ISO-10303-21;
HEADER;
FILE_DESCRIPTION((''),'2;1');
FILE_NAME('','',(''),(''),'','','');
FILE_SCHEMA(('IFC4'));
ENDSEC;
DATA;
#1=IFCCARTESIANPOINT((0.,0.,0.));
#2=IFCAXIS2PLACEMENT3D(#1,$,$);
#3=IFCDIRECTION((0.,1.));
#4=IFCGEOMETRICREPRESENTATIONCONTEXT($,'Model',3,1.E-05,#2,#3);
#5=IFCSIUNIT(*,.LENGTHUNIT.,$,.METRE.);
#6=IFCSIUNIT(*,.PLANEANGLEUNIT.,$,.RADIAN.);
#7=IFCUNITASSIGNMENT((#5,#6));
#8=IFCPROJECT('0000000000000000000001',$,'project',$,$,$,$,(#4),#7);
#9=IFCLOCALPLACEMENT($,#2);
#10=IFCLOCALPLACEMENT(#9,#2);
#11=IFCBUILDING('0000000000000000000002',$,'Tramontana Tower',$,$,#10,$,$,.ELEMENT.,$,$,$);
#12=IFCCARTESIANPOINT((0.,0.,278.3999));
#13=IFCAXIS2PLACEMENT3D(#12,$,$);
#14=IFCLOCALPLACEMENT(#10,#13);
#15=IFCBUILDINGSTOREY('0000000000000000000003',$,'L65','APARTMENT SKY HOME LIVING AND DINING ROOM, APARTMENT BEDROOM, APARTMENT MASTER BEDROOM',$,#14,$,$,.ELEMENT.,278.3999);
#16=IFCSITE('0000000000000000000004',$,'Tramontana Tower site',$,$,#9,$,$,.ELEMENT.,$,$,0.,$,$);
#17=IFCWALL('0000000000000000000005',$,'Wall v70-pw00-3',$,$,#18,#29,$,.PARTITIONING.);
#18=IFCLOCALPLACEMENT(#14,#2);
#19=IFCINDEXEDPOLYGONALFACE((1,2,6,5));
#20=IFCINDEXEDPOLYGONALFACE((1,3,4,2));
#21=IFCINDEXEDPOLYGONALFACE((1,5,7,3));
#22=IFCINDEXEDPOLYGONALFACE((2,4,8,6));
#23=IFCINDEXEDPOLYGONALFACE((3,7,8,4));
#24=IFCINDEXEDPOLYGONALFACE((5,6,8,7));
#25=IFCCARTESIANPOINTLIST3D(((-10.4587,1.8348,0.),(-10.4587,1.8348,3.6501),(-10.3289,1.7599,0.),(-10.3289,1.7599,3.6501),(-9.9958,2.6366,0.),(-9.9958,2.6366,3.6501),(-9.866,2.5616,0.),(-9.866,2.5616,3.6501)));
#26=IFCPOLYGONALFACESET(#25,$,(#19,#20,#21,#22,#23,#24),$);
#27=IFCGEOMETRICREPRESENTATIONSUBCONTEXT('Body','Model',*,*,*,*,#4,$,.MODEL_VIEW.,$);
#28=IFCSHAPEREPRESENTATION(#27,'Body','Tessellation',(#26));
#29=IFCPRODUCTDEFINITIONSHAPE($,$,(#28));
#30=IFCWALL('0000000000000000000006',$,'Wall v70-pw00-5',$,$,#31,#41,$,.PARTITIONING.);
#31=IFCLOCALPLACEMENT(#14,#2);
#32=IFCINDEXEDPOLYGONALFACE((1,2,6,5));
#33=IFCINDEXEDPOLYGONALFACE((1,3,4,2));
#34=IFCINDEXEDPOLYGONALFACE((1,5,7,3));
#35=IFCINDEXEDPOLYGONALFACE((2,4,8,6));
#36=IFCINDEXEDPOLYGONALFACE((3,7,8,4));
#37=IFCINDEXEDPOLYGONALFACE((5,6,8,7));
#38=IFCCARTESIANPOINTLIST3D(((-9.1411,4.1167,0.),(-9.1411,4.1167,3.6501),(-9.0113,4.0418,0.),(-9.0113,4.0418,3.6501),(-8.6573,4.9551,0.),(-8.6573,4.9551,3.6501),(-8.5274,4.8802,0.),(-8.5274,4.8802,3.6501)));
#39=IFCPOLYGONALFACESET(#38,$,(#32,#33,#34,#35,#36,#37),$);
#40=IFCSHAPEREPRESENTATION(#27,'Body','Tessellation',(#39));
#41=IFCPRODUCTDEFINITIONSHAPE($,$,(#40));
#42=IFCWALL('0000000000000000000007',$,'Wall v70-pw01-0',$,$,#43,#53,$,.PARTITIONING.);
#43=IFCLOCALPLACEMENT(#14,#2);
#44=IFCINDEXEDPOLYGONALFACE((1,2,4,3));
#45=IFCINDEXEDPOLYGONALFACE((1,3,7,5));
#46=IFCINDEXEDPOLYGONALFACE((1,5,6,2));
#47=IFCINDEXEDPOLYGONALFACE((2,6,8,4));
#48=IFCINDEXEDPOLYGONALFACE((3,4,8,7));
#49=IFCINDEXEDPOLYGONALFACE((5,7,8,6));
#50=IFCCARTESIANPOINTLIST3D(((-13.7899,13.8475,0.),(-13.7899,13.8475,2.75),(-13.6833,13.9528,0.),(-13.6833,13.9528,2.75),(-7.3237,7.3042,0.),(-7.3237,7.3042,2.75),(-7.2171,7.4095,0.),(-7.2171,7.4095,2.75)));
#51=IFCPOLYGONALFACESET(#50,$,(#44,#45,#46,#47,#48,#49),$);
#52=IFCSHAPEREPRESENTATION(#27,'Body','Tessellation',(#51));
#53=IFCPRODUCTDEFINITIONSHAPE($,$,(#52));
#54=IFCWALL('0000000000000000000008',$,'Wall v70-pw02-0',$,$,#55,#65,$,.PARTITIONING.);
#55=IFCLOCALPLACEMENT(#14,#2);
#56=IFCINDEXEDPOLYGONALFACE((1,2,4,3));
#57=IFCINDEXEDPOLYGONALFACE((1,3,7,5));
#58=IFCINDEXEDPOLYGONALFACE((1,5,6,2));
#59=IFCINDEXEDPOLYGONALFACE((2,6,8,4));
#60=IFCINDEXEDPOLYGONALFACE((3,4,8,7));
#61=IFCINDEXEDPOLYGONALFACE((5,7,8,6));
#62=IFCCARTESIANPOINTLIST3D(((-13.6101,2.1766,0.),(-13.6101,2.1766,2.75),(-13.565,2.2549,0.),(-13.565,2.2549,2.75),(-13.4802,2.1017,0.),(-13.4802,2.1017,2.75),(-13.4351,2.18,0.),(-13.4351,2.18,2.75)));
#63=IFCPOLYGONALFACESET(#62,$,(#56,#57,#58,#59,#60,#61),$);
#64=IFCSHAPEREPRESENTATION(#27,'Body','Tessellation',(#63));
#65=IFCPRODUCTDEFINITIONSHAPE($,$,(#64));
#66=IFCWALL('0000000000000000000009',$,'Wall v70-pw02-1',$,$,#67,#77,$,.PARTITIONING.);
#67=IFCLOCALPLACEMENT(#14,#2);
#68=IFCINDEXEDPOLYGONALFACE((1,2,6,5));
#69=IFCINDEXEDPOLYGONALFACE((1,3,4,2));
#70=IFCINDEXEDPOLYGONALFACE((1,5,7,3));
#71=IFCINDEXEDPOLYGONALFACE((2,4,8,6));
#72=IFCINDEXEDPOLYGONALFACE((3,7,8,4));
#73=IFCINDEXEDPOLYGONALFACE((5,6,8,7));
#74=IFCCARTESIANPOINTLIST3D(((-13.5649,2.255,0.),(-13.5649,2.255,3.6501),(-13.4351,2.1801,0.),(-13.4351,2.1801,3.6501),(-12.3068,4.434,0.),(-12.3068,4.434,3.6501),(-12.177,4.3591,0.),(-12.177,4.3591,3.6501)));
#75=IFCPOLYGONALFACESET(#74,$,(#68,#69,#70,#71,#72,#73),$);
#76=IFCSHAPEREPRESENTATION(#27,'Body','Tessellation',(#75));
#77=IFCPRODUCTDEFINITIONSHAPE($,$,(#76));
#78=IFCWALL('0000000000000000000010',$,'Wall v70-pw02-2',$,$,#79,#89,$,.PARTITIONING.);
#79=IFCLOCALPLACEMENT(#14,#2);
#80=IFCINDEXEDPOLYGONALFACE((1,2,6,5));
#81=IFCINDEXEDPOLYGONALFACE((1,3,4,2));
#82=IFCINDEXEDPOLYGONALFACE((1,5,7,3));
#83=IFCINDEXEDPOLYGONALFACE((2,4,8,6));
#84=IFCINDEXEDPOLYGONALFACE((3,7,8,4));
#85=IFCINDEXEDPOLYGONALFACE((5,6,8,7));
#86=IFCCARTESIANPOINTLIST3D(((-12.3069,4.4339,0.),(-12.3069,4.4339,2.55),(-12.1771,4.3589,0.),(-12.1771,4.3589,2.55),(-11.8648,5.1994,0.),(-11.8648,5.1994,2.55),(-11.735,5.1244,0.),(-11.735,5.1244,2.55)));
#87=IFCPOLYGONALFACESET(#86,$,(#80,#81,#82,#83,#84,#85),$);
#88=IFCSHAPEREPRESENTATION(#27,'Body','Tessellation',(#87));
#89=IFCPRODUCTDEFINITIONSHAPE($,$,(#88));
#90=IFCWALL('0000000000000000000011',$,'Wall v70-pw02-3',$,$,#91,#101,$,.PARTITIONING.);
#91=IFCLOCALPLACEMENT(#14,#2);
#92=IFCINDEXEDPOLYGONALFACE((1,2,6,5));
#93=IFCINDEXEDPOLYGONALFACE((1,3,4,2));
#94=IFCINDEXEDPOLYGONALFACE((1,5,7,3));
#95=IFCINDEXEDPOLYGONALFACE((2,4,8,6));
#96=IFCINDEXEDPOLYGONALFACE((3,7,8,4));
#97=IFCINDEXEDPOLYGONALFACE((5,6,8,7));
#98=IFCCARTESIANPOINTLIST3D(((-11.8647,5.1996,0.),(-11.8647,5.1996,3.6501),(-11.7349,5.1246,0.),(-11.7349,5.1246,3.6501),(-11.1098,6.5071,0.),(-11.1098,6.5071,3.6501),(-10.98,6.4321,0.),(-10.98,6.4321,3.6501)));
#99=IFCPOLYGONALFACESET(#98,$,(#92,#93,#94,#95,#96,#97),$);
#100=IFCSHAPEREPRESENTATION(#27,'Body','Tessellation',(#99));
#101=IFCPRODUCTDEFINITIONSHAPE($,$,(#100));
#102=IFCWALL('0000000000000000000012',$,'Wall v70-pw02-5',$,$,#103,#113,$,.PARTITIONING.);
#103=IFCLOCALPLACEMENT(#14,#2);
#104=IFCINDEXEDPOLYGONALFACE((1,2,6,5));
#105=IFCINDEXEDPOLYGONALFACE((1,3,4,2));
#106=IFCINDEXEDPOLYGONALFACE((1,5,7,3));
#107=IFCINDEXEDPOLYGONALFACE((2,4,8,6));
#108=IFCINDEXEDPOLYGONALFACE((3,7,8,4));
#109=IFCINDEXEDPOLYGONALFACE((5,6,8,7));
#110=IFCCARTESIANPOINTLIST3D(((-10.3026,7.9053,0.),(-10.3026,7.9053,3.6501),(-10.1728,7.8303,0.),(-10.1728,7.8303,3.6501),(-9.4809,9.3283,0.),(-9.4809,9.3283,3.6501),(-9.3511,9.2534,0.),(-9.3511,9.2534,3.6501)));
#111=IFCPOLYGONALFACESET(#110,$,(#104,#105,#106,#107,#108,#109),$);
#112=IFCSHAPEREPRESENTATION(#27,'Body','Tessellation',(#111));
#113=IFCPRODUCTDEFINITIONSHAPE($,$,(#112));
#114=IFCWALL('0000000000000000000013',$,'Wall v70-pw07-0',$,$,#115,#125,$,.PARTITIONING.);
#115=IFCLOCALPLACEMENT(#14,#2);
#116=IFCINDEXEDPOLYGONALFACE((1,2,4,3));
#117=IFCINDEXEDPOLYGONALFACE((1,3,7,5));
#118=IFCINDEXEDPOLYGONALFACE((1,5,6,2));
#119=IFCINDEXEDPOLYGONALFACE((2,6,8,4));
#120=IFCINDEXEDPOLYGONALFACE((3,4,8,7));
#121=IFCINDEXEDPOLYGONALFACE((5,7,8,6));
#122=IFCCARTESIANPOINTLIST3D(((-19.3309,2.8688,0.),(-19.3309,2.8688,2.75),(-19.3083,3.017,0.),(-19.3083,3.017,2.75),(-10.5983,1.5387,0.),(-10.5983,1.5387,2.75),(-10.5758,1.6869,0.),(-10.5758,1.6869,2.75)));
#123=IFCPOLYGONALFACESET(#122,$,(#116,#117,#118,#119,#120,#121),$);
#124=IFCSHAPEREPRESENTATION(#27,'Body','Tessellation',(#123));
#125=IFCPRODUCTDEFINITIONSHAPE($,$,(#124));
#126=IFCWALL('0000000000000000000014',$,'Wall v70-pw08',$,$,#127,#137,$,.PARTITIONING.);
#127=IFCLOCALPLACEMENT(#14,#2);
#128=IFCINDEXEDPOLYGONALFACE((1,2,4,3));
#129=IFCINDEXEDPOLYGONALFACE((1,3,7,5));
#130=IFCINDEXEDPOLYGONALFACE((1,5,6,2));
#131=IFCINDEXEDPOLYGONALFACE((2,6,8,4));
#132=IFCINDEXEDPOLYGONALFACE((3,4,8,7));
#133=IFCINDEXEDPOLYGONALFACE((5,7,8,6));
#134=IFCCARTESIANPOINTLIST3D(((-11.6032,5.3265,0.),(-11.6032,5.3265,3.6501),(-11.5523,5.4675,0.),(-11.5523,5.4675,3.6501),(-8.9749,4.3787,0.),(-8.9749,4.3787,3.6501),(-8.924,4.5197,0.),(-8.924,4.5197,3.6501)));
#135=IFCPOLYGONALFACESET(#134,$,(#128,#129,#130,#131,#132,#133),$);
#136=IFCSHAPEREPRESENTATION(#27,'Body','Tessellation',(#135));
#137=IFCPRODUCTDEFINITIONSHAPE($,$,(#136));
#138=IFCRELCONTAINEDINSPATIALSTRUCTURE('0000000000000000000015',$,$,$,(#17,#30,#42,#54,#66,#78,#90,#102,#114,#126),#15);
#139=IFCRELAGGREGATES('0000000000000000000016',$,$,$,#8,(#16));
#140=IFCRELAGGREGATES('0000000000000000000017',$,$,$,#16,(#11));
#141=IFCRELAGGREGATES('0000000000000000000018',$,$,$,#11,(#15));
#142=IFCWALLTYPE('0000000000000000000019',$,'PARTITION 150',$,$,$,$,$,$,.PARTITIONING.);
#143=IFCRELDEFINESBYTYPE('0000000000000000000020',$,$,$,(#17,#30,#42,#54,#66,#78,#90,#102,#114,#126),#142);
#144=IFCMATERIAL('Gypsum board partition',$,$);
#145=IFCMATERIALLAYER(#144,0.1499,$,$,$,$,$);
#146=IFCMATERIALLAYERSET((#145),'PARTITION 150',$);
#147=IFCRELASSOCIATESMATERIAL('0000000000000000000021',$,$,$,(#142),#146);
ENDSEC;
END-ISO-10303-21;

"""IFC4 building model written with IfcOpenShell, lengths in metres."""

from ifc_helpers import new_model, si_unit, direction, frame, frame_2d, origin, place, context, subcontext, project, spatial, rectangle, extrude, material, layer, layer_set, type_object, element, save


model = new_model("IFC4")

# Units and contexts
model_context = context("Model", 3, precision=1e-05, world=origin(), true_north=direction((0.0, 1.0)))
body_context = subcontext(model_context, "Body", "Model", "MODEL_VIEW")
ifc_project = project(units=[si_unit("LENGTHUNIT", "METRE"), si_unit("PLANEANGLEUNIT", "RADIAN")], contexts=[model_context])

# Site, building, storey
site_placement = place(None, origin())
site = spatial("IfcSite", under=ifc_project, at=site_placement, Name="Tramontana Tower site", CompositionType="ELEMENT", RefElevation=0.0)
building_placement = place(site_placement, origin())
building = spatial("IfcBuilding", under=site, at=building_placement, Name="Tramontana Tower", CompositionType="ELEMENT")
storey_placement = place(building_placement, frame((0.0, 0.0, 278.3999)))
storey = spatial("IfcBuildingStorey", under=building, at=storey_placement, Name="L65", Description="APARTMENT SKY HOME LIVING AND DINING ROOM, APARTMENT BEDROOM, APARTMENT MASTER BEDROOM", CompositionType="ELEMENT", Elevation=278.3999)

# Wall
ifc_material_1 = material(Name="Gypsum board partition")
ifc_layer_1 = layer(ifc_material_1, 0.1499)
ifc_layer_set_1 = layer_set([ifc_layer_1], Name="PARTITION 150")
wall_type_1 = type_object("IfcWallType", Name="PARTITION 150", PredefinedType="PARTITIONING", material=ifc_layer_set_1)
wall_1_placement = place(storey_placement, frame((-10.3938, 1.7974, 0.0), z_axis=(0.0, 0.0, 1.0), x_axis=(0.499996, 0.866027, 0.0)))
element("IfcWall", 1, at=wall_1_placement, inside=storey, type_object=wall_type_1, Name="Wall v70-pw00-3", PredefinedType="PARTITIONING", context=body_context, shape_type="SweptSolid", body=[
    extrude(rectangle(XDim=0.9258, YDim=0.1499, at=frame_2d((0.4629, 0.0))), origin(), (0.0, 0.0, 1.0), 3.6501),
])

# Walls
wall_2_placement = place(storey_placement, frame((-9.0762, 4.0793, 0.0), z_axis=(0.0, 0.0, 1.0), x_axis=(0.499883, 0.866093, 0.0)))
element("IfcWall", 2, at=wall_2_placement, inside=storey, type_object=wall_type_1, Name="Wall v70-pw00-5", PredefinedType="PARTITIONING", context=body_context, shape_type="SweptSolid", body=[
    extrude(rectangle(XDim=0.968, YDim=0.1499, at=frame_2d((0.4839, 0.0))), origin(), (0.0, 0.0, 1.0), 3.6501),
])
wall_3_placement = place(storey_placement, frame((-13.7366, 13.9001, 0.0), z_axis=(0.0, 0.0, 1.0), x_axis=(0.702901, -0.711288, 0.0)))
element("IfcWall", 3, at=wall_3_placement, inside=storey, type_object=wall_type_1, Name="Wall v70-pw01-0", PredefinedType="PARTITIONING", context=body_context, shape_type="SweptSolid", body=[
    extrude(rectangle(XDim=9.1992, YDim=0.1499, at=frame_2d((4.5996, 0.0))), origin(), (0.0, 0.0, 1.0), 2.75),
])
wall_4_placement = place(storey_placement, frame((-13.5452, 2.1392, 0.0), z_axis=(0.0, 0.0, 1.0), x_axis=(0.499333, 0.86641, 0.0)))
element("IfcWall", 4, at=wall_4_placement, inside=storey, type_object=wall_type_1, Name="Wall v70-pw02-0", PredefinedType="PARTITIONING", context=body_context, shape_type="SweptSolid", body=[
    extrude(rectangle(XDim=0.0903, YDim=0.1499, at=frame_2d((0.0452, 0.0))), origin(), (0.0, 0.0, 1.0), 2.75),
])
wall_5_placement = place(storey_placement, frame((-13.5, 2.2175, 0.0), z_axis=(0.0, 0.0, 1.0), x_axis=(0.500011, 0.866019, 0.0)))
element("IfcWall", 5, at=wall_5_placement, inside=storey, type_object=wall_type_1, Name="Wall v70-pw02-1", PredefinedType="PARTITIONING", context=body_context, shape_type="SweptSolid", body=[
    extrude(rectangle(XDim=2.5161, YDim=0.1499, at=frame_2d((1.2581, 0.0))), origin(), (0.0, 0.0, 1.0), 3.6501),
])
wall_6_placement = place(storey_placement, frame((-12.2419, 4.3965, 0.0), z_axis=(0.0, 0.0, 1.0), x_axis=(0.500089, 0.865974, 0.0)))
element("IfcWall", 6, at=wall_6_placement, inside=storey, type_object=wall_type_1, Name="Wall v70-pw02-2", PredefinedType="PARTITIONING", context=body_context, shape_type="SweptSolid", body=[
    extrude(rectangle(XDim=0.884, YDim=0.1499, at=frame_2d((0.4419, 0.0))), origin(), (0.0, 0.0, 1.0), 2.55),
])
wall_7_placement = place(storey_placement, frame((-11.7998, 5.1621, 0.0), z_axis=(0.0, 0.0, 1.0), x_axis=(0.500035, 0.866005, 0.0)))
element("IfcWall", 7, at=wall_7_placement, inside=storey, type_object=wall_type_1, Name="Wall v70-pw02-3", PredefinedType="PARTITIONING", context=body_context, shape_type="SweptSolid", body=[
    extrude(rectangle(XDim=1.5098, YDim=0.1499, at=frame_2d((0.7549, 0.0))), origin(), (0.0, 0.0, 1.0), 3.6501),
])

# Walls
wall_8_placement = place(storey_placement, frame((-10.2378, 7.8677, 0.0), z_axis=(0.0, 0.0, 1.0), x_axis=(0.50007, 0.865985, 0.0)))
element("IfcWall", 8, at=wall_8_placement, inside=storey, type_object=wall_type_1, Name="Wall v70-pw02-5", PredefinedType="PARTITIONING", context=body_context, shape_type="SweptSolid", body=[
    extrude(rectangle(XDim=1.6433, YDim=0.1499, at=frame_2d((0.8218, 0.0))), origin(), (0.0, 0.0, 1.0), 3.6501),
])
wall_9_placement = place(storey_placement, frame((-10.5872, 1.6128, 0.0), z_axis=(0.0, 0.0, 1.0), x_axis=(-0.988598, 0.150578, 0.0)))
element("IfcWall", 9, at=wall_9_placement, inside=storey, type_object=wall_type_1, Name="Wall v70-pw07-0", PredefinedType="PARTITIONING", context=body_context, shape_type="SweptSolid", body=[
    extrude(rectangle(XDim=8.8333, YDim=0.1499, at=frame_2d((4.4165, 0.0))), origin(), (0.0, 0.0, 1.0), 2.75),
])
wall_10_placement = place(storey_placement, frame((-8.9495, 4.4492, 0.0), z_axis=(0.0, 0.0, 1.0), x_axis=(-0.940703, 0.33923, 0.0)))
element("IfcWall", 10, at=wall_10_placement, inside=storey, type_object=wall_type_1, Name="Wall v70-pw08", PredefinedType="PARTITIONING", context=body_context, shape_type="SweptSolid", body=[
    extrude(rectangle(XDim=2.7939, YDim=0.1499, at=frame_2d((1.397, 0.0))), origin(), (0.0, 0.0, 1.0), 3.6501),
])

save(model, "model.ifc")
